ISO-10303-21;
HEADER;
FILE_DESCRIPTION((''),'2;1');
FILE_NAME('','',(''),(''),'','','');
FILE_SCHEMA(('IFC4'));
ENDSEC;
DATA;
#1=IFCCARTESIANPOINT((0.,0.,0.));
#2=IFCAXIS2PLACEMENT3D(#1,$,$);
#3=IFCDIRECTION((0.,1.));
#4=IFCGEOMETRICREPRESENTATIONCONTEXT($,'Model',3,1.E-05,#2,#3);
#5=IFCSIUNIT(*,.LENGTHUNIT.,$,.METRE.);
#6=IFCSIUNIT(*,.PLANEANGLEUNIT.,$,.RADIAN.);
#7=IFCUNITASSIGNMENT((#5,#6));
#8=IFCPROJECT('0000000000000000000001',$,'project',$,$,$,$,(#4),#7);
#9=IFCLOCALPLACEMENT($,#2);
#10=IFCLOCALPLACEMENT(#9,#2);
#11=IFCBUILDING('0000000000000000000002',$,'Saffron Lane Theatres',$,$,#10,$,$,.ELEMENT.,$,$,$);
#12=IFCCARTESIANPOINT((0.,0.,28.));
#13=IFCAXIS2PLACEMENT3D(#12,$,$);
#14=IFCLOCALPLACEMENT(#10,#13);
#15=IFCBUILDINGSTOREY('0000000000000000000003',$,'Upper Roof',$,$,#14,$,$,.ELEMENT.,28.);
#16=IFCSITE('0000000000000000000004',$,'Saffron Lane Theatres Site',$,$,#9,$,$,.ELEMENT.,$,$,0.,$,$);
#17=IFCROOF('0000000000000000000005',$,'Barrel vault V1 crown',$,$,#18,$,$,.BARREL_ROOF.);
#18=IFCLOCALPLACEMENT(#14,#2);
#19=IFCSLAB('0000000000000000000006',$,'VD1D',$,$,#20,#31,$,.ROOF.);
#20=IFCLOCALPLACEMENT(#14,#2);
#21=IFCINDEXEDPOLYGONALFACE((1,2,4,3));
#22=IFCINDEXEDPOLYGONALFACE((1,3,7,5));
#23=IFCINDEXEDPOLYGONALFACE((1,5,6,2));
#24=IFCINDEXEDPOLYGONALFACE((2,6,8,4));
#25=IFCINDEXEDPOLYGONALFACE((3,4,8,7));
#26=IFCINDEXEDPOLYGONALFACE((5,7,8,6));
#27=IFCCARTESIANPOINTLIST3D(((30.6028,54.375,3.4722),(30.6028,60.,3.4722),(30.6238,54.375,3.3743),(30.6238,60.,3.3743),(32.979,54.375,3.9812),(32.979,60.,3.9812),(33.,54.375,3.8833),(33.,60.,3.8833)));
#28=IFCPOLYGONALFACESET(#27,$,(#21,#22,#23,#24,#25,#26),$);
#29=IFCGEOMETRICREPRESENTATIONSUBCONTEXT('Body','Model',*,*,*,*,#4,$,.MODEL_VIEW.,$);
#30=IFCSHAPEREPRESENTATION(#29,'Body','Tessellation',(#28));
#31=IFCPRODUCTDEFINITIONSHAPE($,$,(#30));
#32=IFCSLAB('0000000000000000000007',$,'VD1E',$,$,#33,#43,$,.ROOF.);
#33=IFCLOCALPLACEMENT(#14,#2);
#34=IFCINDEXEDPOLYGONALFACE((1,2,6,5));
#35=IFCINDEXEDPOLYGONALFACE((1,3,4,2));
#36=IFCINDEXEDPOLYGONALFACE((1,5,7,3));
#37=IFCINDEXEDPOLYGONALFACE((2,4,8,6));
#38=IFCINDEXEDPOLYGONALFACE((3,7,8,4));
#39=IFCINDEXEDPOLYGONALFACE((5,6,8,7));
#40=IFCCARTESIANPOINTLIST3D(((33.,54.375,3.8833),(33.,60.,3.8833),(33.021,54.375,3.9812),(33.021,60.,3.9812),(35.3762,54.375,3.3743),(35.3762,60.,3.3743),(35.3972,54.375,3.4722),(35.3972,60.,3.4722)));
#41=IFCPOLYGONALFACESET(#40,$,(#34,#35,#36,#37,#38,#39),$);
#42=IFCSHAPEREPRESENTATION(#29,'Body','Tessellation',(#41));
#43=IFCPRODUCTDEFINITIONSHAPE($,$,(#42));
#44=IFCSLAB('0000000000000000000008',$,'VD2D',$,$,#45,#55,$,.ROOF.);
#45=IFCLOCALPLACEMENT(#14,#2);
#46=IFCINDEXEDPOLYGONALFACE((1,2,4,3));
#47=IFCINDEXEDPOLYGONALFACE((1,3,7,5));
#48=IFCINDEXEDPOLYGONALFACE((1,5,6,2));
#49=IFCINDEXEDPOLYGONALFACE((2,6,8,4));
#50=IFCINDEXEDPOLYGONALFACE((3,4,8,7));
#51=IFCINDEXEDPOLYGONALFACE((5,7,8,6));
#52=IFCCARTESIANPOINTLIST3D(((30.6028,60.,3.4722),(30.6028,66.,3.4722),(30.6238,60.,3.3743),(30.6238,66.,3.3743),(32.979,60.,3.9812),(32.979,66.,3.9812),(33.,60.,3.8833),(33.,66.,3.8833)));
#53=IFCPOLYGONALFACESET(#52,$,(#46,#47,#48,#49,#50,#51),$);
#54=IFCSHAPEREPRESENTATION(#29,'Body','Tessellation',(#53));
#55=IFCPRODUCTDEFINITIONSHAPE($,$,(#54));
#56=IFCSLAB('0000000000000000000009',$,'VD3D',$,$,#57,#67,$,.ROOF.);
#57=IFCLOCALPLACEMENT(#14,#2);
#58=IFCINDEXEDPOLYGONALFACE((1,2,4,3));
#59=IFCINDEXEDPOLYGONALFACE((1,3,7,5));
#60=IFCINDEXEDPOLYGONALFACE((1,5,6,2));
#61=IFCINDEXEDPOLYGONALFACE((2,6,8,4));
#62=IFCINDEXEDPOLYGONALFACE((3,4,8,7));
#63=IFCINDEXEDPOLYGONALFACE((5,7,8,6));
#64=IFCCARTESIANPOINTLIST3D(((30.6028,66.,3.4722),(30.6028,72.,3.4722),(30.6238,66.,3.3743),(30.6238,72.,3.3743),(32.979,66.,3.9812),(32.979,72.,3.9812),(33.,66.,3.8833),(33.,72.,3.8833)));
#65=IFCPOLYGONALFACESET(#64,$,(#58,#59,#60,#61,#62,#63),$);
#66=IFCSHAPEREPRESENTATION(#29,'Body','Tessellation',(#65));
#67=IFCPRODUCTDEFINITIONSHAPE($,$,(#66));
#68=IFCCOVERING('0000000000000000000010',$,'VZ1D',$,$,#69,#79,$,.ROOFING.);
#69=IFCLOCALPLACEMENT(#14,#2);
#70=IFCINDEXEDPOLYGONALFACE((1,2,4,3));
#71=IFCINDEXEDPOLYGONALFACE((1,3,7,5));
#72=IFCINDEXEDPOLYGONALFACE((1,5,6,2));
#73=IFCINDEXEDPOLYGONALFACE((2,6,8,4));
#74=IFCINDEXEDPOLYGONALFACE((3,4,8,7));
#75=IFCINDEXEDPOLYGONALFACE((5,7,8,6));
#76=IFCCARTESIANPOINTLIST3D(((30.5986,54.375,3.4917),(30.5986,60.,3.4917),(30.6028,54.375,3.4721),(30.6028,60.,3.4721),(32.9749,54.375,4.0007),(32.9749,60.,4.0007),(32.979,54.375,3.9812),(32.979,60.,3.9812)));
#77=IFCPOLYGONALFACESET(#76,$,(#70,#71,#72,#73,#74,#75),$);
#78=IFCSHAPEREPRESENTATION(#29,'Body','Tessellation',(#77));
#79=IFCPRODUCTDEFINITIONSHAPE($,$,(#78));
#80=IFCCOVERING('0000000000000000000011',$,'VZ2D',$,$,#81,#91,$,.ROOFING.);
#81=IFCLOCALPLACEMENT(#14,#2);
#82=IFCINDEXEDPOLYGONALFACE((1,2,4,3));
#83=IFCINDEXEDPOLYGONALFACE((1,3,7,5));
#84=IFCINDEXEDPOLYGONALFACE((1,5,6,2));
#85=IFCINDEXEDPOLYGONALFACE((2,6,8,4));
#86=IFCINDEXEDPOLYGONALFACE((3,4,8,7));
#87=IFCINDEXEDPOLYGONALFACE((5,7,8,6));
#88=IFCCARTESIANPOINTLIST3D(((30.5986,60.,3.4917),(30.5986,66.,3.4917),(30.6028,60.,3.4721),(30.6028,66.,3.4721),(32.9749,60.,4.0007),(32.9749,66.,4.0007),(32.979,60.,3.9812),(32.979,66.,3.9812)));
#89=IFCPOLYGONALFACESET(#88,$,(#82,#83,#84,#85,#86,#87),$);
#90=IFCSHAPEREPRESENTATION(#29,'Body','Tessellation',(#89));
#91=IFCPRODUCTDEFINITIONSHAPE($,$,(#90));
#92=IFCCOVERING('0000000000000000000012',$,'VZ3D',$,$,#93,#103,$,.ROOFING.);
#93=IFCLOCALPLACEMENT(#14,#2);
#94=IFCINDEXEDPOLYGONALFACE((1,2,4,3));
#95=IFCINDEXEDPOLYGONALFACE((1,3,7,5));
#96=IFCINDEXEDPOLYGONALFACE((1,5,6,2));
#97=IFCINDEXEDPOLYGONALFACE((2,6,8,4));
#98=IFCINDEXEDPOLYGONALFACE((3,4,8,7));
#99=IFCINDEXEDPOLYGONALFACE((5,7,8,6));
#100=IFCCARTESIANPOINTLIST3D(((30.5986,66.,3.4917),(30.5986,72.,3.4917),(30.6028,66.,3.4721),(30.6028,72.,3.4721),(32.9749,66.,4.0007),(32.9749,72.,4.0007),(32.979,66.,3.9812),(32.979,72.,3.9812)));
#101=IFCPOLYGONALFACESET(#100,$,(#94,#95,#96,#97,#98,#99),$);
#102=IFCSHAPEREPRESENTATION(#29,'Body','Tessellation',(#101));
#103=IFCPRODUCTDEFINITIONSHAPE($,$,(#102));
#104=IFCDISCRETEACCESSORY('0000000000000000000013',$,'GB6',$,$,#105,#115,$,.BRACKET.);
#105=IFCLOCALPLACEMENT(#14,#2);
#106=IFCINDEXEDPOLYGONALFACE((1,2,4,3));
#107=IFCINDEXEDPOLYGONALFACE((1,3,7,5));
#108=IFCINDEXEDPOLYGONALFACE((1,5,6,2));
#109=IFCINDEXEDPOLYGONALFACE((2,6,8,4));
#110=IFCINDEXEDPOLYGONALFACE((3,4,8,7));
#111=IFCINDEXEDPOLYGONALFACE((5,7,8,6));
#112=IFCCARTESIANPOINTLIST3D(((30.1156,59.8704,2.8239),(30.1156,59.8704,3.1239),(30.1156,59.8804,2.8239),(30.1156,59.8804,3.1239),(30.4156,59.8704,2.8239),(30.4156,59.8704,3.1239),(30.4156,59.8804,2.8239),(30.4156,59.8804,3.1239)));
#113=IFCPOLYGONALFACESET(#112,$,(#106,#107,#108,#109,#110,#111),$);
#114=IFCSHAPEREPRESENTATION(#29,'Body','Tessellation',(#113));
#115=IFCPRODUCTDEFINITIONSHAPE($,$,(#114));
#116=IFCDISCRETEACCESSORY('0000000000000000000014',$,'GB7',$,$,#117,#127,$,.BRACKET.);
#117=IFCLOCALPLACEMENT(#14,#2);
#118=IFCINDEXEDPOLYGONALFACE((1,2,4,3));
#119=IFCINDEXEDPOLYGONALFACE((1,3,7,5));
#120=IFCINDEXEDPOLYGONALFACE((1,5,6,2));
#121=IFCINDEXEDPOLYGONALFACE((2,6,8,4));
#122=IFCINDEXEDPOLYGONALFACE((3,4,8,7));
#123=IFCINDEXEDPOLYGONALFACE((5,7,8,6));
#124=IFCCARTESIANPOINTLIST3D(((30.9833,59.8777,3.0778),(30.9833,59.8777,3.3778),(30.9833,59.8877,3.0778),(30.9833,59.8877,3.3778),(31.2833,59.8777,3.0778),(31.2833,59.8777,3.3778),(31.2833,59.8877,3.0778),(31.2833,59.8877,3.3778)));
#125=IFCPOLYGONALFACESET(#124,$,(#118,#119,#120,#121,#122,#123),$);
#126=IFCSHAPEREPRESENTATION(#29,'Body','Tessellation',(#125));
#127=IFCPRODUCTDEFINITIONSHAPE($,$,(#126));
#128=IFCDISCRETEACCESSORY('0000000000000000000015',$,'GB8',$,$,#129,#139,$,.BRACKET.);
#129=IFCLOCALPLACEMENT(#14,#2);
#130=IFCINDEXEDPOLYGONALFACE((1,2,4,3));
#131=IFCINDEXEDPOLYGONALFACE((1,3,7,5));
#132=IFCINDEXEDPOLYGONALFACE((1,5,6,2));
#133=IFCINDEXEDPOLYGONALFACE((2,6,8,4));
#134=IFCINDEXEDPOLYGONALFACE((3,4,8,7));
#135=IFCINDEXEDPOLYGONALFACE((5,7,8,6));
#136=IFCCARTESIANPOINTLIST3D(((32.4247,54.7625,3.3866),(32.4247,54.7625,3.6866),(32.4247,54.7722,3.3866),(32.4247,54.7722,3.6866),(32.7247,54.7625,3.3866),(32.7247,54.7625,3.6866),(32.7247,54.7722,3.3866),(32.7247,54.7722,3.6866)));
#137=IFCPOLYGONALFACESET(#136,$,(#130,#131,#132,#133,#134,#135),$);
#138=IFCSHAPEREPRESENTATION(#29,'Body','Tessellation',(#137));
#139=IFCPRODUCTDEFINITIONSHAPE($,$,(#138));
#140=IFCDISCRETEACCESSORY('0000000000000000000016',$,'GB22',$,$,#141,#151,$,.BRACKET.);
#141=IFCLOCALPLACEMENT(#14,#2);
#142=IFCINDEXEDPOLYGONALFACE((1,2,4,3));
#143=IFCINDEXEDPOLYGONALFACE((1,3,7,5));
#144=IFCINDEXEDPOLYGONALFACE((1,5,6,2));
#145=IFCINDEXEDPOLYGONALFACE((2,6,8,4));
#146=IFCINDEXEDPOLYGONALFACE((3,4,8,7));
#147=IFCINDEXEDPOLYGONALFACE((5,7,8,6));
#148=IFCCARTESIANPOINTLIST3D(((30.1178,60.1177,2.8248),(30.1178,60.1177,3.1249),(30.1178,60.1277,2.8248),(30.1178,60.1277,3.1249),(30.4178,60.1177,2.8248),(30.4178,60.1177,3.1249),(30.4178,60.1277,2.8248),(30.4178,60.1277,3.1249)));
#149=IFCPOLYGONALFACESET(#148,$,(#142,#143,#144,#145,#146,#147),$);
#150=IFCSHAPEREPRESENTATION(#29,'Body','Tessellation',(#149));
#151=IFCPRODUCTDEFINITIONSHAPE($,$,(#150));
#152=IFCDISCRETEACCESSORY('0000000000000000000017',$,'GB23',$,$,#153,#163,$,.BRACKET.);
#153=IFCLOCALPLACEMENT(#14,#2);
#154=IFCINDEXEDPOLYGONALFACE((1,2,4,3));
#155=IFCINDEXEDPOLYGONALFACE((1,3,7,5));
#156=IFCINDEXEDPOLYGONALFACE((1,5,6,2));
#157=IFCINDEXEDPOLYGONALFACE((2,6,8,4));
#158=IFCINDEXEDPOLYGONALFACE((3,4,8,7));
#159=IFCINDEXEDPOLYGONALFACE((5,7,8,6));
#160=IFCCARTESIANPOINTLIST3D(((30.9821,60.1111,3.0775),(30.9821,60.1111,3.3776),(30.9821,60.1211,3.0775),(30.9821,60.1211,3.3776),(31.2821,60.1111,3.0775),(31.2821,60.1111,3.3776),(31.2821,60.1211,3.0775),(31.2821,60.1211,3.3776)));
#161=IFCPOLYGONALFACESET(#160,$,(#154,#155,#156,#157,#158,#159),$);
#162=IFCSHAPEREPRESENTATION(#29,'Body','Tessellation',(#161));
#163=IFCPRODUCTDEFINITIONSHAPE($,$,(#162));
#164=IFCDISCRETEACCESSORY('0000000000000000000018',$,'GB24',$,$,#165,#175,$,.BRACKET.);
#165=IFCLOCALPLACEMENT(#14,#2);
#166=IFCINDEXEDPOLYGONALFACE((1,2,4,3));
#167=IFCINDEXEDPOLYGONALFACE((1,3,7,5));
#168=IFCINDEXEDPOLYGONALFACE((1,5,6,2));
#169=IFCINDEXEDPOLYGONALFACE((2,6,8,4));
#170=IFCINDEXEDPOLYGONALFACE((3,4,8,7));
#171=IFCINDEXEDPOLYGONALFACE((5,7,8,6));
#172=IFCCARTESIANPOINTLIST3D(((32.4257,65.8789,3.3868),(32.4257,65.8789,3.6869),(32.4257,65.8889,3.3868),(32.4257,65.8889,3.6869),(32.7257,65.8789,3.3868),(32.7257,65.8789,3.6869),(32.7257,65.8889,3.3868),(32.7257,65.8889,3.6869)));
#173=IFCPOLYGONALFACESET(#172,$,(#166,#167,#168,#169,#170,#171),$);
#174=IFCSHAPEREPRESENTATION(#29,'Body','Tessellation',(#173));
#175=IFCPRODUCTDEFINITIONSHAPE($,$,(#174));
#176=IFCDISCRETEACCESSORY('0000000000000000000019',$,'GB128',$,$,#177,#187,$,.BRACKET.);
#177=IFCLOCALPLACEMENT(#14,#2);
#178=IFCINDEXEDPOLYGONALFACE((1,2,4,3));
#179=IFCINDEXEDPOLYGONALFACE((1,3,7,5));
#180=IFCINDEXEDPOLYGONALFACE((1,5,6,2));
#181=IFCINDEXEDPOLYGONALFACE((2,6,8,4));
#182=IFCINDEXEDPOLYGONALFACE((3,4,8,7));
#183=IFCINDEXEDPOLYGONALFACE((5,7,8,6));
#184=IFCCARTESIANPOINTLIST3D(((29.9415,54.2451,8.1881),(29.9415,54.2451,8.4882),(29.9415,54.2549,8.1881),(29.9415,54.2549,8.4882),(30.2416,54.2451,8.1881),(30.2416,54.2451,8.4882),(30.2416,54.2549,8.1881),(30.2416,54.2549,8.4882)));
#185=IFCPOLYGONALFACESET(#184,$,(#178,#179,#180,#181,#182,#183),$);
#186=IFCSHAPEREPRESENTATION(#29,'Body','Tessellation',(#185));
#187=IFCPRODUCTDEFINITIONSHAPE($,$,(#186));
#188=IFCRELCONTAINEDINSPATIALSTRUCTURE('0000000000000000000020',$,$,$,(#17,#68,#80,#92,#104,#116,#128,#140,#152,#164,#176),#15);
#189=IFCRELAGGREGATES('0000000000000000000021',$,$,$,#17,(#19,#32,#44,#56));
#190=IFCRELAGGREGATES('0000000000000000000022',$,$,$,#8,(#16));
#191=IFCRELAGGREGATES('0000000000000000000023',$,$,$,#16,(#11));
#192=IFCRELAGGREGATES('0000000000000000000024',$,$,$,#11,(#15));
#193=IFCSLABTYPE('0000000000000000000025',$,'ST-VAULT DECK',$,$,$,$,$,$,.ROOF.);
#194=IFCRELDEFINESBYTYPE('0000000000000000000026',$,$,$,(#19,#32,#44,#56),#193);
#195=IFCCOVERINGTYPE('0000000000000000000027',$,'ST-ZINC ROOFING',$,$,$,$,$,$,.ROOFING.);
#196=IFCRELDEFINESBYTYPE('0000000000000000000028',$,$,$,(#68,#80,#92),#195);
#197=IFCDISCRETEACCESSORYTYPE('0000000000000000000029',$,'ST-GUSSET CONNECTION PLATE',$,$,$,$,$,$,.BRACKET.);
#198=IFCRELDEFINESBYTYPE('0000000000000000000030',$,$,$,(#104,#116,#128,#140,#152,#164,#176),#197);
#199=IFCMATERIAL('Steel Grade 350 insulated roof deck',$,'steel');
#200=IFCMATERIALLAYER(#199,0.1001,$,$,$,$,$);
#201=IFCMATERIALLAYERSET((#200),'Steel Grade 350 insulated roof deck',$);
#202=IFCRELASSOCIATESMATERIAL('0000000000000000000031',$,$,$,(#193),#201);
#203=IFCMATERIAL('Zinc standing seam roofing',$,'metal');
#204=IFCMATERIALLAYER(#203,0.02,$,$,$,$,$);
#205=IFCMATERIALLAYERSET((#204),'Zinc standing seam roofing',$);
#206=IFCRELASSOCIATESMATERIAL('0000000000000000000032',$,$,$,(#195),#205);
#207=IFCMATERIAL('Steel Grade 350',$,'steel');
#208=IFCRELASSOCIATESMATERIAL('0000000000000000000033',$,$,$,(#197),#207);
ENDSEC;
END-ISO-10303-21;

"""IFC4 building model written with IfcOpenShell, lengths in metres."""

from ifc_helpers import new_model, si_unit, direction, frame, origin, origin_2d, place, context, subcontext, project, spatial, polyline, rectangle, outline, extrude, material, layer, layer_set, material_profile, profile_set, type_object, element, aggregate, save


model = new_model("IFC4")

# Units and contexts
model_context = context("Model", 3, precision=1e-05, world=origin(), true_north=direction((0.0, 1.0)))
body_context = subcontext(model_context, "Body", "Model", "MODEL_VIEW")
ifc_project = project(units=[si_unit("LENGTHUNIT", "METRE"), si_unit("PLANEANGLEUNIT", "RADIAN")], contexts=[model_context])

# Site, building, storey
site_placement = place(None, origin())
site = spatial("IfcSite", under=ifc_project, at=site_placement, Name="Saffron Lane Theatres Site", CompositionType="ELEMENT", RefElevation=0.0)
building_placement = place(site_placement, origin())
building = spatial("IfcBuilding", under=site, at=building_placement, Name="Saffron Lane Theatres", CompositionType="ELEMENT")
storey_placement = place(building_placement, frame((0.0, 0.0, 28.0)))
storey = spatial("IfcBuildingStorey", under=building, at=storey_placement, Name="Upper Roof", CompositionType="ELEMENT", Elevation=28.0)

# Roof, slabs
roof_placement = place(storey_placement, origin())
roof = element("IfcRoof", 1, at=roof_placement, inside=storey, Name="Barrel vault V1 crown", PredefinedType="BARREL_ROOF")
ifc_material_1 = material(Name="Steel Grade 350 insulated roof deck", Category="steel")
ifc_layer_1 = layer(ifc_material_1, 0.1001)
ifc_layer_set_1 = layer_set([ifc_layer_1], Name="Steel Grade 350 insulated roof deck")
slab_type = type_object("IfcSlabType", Name="ST-VAULT DECK", PredefinedType="ROOF", material=ifc_layer_set_1)
slab_1_placement = place(storey_placement, frame((30.6028, 54.375, 3.4722), z_axis=(-0.209467, 0.0, 0.977816), x_axis=(0.977816, 0.0, 0.209467)))
slab_1 = element("IfcSlab", 2, at=slab_1_placement, type_object=slab_type, Name="VD1D", PredefinedType="ROOF", context=body_context, shape_type="SweptSolid", body=[
    extrude(outline(polyline([(0.0, 0.0), (2.4301, 0.0), (2.4301, 5.625), (0.0, 5.625), (0.0, 0.0)])), origin(), (0.0, 0.0, -1.0), 0.1001),
])
slab_2_placement = place(storey_placement, frame((33.021, 54.375, 3.9812), z_axis=(0.209467, 0.0, 0.977816), x_axis=(0.977816, 0.0, -0.209467)))
slab_2 = element("IfcSlab", 3, at=slab_2_placement, type_object=slab_type, Name="VD1E", PredefinedType="ROOF", context=body_context, shape_type="SweptSolid", body=[
    extrude(outline(polyline([(0.0, 0.0), (2.4301, 0.0), (2.4301, 5.625), (0.0, 5.625), (0.0, 0.0)])), origin(), (0.0, 0.0, -1.0), 0.1001),
])
slab_3_placement = place(storey_placement, frame((30.6028, 60.0, 3.4722), z_axis=(-0.209467, 0.0, 0.977816), x_axis=(0.977816, 0.0, 0.209467)))
slab_3 = element("IfcSlab", 4, at=slab_3_placement, type_object=slab_type, Name="VD2D", PredefinedType="ROOF", context=body_context, shape_type="SweptSolid", body=[
    extrude(outline(polyline([(0.0, 0.0), (2.4301, 0.0), (2.4301, 6.0), (0.0, 6.0), (0.0, 0.0)])), origin(), (0.0, 0.0, -1.0), 0.1001),
])
slab_4_placement = place(storey_placement, frame((30.6028, 66.0, 3.4722), z_axis=(-0.209467, 0.0, 0.977816), x_axis=(0.977816, 0.0, 0.209467)))
slab_4 = element("IfcSlab", 5, at=slab_4_placement, type_object=slab_type, Name="VD3D", PredefinedType="ROOF", context=body_context, shape_type="SweptSolid", body=[
    extrude(outline(polyline([(0.0, 0.0), (2.4301, 0.0), (2.4301, 6.0), (0.0, 6.0), (0.0, 0.0)])), origin(), (0.0, 0.0, -1.0), 0.1001),
])
aggregate(roof, [slab_1, slab_2, slab_3, slab_4])

# Coverings
ifc_material_2 = material(Name="Zinc standing seam roofing", Category="metal")
ifc_layer_2 = layer(ifc_material_2, 0.02)
ifc_layer_set_2 = layer_set([ifc_layer_2], Name="Zinc standing seam roofing")
covering_type = type_object("IfcCoveringType", Name="ST-ZINC ROOFING", PredefinedType="ROOFING", material=ifc_layer_set_2)
covering_placement = place(storey_placement, frame((30.5986, 54.375, 3.4917), z_axis=(-0.209467, 0.0, 0.977816), x_axis=(0.977816, 0.0, 0.209467)))
element("IfcCovering", 6, at=covering_placement, inside=storey, type_object=covering_type, Name="VZ1D", PredefinedType="ROOFING", context=body_context, shape_type="SweptSolid", body=[
    extrude(outline(polyline([(0.0, 0.0), (2.4301, 0.0), (2.4301, 5.625), (0.0, 5.625), (0.0, 0.0)])), origin(), (0.0, 0.0, -1.0), 0.02),
])
for number, where, z_axis, x_axis, name in (
    (7, (30.5986, 60.0, 3.4917), (-0.209467, 0.0, 0.977816), (0.977816, 0.0, 0.209467), "VZ2D"),
    (8, (30.5986, 66.0, 3.4917), (-0.209467, 0.0, 0.977816), (0.977816, 0.0, 0.209467), "VZ3D"),
):
    element("IfcCovering", number, at=place(storey_placement, frame(where, z_axis=z_axis, x_axis=x_axis)), inside=storey, type_object=covering_type, Name=name, PredefinedType="ROOFING", context=body_context, shape_type="SweptSolid", body=[
        extrude(outline(polyline([(0.0, 0.0), (2.4301, 0.0), (2.4301, 6.0), (0.0, 6.0), (0.0, 0.0)])), origin(), (0.0, 0.0, -1.0), 0.02),
    ])

# Discrete accessories
ifc_material_3 = material(Name="Steel Grade 350", Category="steel")
ifc_material_profile_1 = material_profile(ifc_material_3, rectangle(XDim=0.3, YDim=0.3, at=origin_2d()))
ifc_profile_set_1 = profile_set([ifc_material_profile_1], Name="Steel Grade 350")
discrete_accessory_type_1 = type_object("IfcDiscreteAccessoryType", Name="ST-GUSSET CONNECTION PLATE", PredefinedType="BRACKET", material=ifc_profile_set_1)
for number, where, z_axis, x_axis, name in (
    (9, (30.2656, 59.8804, 2.9739), (0.0, -1.0, 0.0), (1.0, 0.0, 0.0), "GB6"),
    (10, (31.1333, 59.8877, 3.2278), (0.0, -1.0, 0.0), (1.0, 0.0, 0.0), "GB7"),
):
    element("IfcDiscreteAccessory", number, at=place(storey_placement, frame(where, z_axis=z_axis, x_axis=x_axis)), inside=storey, type_object=discrete_accessory_type_1, Name=name, PredefinedType="BRACKET", context=body_context, shape_type="SweptSolid", body=[
        extrude(rectangle(XDim=0.3, YDim=0.3, at=origin_2d()), origin(), (0.0, 0.0, 1.0), 0.01),
    ])
discrete_accessory_1_placement = place(storey_placement, frame((32.5747, 54.7625, 3.5366), z_axis=(0.0, 1.0, 0.0), x_axis=(-1.0, 0.0, 0.0)))
element("IfcDiscreteAccessory", 11, at=discrete_accessory_1_placement, inside=storey, type_object=discrete_accessory_type_1, Name="GB8", PredefinedType="BRACKET", context=body_context, shape_type="SweptSolid", body=[
    extrude(rectangle(XDim=0.3, YDim=0.3, at=origin_2d()), origin(), (0.0, 0.0, 1.0), 0.0098),
])
for number, where, z_axis, x_axis, name in (
    (12, (30.2678, 60.1177, 2.9749), (0.0, 1.0, 0.0), (-1.0, 0.0, 0.0), "GB22"),
    (13, (31.1321, 60.1111, 3.2275), (0.0, 1.0, 0.0), (-1.0, 0.0, 0.0), "GB23"),
    (14, (32.5757, 65.8889, 3.5369), (0.0, -1.0, 0.0), (1.0, 0.0, 0.0), "GB24"),
):
    element("IfcDiscreteAccessory", number, at=place(storey_placement, frame(where, z_axis=z_axis, x_axis=x_axis)), inside=storey, type_object=discrete_accessory_type_1, Name=name, PredefinedType="BRACKET", context=body_context, shape_type="SweptSolid", body=[
        extrude(rectangle(XDim=0.3, YDim=0.3, at=origin_2d()), origin(), (0.0, 0.0, 1.0), 0.01),
    ])
discrete_accessory_2_placement = place(storey_placement, frame((30.0916, 54.2451, 8.3381), z_axis=(0.0, 1.0, 0.0), x_axis=(-1.0, 0.0, 0.0)))
element("IfcDiscreteAccessory", 15, at=discrete_accessory_2_placement, inside=storey, type_object=discrete_accessory_type_1, Name="GB128", PredefinedType="BRACKET", context=body_context, shape_type="SweptSolid", body=[
    extrude(rectangle(XDim=0.3, YDim=0.3, at=origin_2d()), origin(), (0.0, 0.0, 1.0), 0.0098),
])

save(model, "model.ifc")
